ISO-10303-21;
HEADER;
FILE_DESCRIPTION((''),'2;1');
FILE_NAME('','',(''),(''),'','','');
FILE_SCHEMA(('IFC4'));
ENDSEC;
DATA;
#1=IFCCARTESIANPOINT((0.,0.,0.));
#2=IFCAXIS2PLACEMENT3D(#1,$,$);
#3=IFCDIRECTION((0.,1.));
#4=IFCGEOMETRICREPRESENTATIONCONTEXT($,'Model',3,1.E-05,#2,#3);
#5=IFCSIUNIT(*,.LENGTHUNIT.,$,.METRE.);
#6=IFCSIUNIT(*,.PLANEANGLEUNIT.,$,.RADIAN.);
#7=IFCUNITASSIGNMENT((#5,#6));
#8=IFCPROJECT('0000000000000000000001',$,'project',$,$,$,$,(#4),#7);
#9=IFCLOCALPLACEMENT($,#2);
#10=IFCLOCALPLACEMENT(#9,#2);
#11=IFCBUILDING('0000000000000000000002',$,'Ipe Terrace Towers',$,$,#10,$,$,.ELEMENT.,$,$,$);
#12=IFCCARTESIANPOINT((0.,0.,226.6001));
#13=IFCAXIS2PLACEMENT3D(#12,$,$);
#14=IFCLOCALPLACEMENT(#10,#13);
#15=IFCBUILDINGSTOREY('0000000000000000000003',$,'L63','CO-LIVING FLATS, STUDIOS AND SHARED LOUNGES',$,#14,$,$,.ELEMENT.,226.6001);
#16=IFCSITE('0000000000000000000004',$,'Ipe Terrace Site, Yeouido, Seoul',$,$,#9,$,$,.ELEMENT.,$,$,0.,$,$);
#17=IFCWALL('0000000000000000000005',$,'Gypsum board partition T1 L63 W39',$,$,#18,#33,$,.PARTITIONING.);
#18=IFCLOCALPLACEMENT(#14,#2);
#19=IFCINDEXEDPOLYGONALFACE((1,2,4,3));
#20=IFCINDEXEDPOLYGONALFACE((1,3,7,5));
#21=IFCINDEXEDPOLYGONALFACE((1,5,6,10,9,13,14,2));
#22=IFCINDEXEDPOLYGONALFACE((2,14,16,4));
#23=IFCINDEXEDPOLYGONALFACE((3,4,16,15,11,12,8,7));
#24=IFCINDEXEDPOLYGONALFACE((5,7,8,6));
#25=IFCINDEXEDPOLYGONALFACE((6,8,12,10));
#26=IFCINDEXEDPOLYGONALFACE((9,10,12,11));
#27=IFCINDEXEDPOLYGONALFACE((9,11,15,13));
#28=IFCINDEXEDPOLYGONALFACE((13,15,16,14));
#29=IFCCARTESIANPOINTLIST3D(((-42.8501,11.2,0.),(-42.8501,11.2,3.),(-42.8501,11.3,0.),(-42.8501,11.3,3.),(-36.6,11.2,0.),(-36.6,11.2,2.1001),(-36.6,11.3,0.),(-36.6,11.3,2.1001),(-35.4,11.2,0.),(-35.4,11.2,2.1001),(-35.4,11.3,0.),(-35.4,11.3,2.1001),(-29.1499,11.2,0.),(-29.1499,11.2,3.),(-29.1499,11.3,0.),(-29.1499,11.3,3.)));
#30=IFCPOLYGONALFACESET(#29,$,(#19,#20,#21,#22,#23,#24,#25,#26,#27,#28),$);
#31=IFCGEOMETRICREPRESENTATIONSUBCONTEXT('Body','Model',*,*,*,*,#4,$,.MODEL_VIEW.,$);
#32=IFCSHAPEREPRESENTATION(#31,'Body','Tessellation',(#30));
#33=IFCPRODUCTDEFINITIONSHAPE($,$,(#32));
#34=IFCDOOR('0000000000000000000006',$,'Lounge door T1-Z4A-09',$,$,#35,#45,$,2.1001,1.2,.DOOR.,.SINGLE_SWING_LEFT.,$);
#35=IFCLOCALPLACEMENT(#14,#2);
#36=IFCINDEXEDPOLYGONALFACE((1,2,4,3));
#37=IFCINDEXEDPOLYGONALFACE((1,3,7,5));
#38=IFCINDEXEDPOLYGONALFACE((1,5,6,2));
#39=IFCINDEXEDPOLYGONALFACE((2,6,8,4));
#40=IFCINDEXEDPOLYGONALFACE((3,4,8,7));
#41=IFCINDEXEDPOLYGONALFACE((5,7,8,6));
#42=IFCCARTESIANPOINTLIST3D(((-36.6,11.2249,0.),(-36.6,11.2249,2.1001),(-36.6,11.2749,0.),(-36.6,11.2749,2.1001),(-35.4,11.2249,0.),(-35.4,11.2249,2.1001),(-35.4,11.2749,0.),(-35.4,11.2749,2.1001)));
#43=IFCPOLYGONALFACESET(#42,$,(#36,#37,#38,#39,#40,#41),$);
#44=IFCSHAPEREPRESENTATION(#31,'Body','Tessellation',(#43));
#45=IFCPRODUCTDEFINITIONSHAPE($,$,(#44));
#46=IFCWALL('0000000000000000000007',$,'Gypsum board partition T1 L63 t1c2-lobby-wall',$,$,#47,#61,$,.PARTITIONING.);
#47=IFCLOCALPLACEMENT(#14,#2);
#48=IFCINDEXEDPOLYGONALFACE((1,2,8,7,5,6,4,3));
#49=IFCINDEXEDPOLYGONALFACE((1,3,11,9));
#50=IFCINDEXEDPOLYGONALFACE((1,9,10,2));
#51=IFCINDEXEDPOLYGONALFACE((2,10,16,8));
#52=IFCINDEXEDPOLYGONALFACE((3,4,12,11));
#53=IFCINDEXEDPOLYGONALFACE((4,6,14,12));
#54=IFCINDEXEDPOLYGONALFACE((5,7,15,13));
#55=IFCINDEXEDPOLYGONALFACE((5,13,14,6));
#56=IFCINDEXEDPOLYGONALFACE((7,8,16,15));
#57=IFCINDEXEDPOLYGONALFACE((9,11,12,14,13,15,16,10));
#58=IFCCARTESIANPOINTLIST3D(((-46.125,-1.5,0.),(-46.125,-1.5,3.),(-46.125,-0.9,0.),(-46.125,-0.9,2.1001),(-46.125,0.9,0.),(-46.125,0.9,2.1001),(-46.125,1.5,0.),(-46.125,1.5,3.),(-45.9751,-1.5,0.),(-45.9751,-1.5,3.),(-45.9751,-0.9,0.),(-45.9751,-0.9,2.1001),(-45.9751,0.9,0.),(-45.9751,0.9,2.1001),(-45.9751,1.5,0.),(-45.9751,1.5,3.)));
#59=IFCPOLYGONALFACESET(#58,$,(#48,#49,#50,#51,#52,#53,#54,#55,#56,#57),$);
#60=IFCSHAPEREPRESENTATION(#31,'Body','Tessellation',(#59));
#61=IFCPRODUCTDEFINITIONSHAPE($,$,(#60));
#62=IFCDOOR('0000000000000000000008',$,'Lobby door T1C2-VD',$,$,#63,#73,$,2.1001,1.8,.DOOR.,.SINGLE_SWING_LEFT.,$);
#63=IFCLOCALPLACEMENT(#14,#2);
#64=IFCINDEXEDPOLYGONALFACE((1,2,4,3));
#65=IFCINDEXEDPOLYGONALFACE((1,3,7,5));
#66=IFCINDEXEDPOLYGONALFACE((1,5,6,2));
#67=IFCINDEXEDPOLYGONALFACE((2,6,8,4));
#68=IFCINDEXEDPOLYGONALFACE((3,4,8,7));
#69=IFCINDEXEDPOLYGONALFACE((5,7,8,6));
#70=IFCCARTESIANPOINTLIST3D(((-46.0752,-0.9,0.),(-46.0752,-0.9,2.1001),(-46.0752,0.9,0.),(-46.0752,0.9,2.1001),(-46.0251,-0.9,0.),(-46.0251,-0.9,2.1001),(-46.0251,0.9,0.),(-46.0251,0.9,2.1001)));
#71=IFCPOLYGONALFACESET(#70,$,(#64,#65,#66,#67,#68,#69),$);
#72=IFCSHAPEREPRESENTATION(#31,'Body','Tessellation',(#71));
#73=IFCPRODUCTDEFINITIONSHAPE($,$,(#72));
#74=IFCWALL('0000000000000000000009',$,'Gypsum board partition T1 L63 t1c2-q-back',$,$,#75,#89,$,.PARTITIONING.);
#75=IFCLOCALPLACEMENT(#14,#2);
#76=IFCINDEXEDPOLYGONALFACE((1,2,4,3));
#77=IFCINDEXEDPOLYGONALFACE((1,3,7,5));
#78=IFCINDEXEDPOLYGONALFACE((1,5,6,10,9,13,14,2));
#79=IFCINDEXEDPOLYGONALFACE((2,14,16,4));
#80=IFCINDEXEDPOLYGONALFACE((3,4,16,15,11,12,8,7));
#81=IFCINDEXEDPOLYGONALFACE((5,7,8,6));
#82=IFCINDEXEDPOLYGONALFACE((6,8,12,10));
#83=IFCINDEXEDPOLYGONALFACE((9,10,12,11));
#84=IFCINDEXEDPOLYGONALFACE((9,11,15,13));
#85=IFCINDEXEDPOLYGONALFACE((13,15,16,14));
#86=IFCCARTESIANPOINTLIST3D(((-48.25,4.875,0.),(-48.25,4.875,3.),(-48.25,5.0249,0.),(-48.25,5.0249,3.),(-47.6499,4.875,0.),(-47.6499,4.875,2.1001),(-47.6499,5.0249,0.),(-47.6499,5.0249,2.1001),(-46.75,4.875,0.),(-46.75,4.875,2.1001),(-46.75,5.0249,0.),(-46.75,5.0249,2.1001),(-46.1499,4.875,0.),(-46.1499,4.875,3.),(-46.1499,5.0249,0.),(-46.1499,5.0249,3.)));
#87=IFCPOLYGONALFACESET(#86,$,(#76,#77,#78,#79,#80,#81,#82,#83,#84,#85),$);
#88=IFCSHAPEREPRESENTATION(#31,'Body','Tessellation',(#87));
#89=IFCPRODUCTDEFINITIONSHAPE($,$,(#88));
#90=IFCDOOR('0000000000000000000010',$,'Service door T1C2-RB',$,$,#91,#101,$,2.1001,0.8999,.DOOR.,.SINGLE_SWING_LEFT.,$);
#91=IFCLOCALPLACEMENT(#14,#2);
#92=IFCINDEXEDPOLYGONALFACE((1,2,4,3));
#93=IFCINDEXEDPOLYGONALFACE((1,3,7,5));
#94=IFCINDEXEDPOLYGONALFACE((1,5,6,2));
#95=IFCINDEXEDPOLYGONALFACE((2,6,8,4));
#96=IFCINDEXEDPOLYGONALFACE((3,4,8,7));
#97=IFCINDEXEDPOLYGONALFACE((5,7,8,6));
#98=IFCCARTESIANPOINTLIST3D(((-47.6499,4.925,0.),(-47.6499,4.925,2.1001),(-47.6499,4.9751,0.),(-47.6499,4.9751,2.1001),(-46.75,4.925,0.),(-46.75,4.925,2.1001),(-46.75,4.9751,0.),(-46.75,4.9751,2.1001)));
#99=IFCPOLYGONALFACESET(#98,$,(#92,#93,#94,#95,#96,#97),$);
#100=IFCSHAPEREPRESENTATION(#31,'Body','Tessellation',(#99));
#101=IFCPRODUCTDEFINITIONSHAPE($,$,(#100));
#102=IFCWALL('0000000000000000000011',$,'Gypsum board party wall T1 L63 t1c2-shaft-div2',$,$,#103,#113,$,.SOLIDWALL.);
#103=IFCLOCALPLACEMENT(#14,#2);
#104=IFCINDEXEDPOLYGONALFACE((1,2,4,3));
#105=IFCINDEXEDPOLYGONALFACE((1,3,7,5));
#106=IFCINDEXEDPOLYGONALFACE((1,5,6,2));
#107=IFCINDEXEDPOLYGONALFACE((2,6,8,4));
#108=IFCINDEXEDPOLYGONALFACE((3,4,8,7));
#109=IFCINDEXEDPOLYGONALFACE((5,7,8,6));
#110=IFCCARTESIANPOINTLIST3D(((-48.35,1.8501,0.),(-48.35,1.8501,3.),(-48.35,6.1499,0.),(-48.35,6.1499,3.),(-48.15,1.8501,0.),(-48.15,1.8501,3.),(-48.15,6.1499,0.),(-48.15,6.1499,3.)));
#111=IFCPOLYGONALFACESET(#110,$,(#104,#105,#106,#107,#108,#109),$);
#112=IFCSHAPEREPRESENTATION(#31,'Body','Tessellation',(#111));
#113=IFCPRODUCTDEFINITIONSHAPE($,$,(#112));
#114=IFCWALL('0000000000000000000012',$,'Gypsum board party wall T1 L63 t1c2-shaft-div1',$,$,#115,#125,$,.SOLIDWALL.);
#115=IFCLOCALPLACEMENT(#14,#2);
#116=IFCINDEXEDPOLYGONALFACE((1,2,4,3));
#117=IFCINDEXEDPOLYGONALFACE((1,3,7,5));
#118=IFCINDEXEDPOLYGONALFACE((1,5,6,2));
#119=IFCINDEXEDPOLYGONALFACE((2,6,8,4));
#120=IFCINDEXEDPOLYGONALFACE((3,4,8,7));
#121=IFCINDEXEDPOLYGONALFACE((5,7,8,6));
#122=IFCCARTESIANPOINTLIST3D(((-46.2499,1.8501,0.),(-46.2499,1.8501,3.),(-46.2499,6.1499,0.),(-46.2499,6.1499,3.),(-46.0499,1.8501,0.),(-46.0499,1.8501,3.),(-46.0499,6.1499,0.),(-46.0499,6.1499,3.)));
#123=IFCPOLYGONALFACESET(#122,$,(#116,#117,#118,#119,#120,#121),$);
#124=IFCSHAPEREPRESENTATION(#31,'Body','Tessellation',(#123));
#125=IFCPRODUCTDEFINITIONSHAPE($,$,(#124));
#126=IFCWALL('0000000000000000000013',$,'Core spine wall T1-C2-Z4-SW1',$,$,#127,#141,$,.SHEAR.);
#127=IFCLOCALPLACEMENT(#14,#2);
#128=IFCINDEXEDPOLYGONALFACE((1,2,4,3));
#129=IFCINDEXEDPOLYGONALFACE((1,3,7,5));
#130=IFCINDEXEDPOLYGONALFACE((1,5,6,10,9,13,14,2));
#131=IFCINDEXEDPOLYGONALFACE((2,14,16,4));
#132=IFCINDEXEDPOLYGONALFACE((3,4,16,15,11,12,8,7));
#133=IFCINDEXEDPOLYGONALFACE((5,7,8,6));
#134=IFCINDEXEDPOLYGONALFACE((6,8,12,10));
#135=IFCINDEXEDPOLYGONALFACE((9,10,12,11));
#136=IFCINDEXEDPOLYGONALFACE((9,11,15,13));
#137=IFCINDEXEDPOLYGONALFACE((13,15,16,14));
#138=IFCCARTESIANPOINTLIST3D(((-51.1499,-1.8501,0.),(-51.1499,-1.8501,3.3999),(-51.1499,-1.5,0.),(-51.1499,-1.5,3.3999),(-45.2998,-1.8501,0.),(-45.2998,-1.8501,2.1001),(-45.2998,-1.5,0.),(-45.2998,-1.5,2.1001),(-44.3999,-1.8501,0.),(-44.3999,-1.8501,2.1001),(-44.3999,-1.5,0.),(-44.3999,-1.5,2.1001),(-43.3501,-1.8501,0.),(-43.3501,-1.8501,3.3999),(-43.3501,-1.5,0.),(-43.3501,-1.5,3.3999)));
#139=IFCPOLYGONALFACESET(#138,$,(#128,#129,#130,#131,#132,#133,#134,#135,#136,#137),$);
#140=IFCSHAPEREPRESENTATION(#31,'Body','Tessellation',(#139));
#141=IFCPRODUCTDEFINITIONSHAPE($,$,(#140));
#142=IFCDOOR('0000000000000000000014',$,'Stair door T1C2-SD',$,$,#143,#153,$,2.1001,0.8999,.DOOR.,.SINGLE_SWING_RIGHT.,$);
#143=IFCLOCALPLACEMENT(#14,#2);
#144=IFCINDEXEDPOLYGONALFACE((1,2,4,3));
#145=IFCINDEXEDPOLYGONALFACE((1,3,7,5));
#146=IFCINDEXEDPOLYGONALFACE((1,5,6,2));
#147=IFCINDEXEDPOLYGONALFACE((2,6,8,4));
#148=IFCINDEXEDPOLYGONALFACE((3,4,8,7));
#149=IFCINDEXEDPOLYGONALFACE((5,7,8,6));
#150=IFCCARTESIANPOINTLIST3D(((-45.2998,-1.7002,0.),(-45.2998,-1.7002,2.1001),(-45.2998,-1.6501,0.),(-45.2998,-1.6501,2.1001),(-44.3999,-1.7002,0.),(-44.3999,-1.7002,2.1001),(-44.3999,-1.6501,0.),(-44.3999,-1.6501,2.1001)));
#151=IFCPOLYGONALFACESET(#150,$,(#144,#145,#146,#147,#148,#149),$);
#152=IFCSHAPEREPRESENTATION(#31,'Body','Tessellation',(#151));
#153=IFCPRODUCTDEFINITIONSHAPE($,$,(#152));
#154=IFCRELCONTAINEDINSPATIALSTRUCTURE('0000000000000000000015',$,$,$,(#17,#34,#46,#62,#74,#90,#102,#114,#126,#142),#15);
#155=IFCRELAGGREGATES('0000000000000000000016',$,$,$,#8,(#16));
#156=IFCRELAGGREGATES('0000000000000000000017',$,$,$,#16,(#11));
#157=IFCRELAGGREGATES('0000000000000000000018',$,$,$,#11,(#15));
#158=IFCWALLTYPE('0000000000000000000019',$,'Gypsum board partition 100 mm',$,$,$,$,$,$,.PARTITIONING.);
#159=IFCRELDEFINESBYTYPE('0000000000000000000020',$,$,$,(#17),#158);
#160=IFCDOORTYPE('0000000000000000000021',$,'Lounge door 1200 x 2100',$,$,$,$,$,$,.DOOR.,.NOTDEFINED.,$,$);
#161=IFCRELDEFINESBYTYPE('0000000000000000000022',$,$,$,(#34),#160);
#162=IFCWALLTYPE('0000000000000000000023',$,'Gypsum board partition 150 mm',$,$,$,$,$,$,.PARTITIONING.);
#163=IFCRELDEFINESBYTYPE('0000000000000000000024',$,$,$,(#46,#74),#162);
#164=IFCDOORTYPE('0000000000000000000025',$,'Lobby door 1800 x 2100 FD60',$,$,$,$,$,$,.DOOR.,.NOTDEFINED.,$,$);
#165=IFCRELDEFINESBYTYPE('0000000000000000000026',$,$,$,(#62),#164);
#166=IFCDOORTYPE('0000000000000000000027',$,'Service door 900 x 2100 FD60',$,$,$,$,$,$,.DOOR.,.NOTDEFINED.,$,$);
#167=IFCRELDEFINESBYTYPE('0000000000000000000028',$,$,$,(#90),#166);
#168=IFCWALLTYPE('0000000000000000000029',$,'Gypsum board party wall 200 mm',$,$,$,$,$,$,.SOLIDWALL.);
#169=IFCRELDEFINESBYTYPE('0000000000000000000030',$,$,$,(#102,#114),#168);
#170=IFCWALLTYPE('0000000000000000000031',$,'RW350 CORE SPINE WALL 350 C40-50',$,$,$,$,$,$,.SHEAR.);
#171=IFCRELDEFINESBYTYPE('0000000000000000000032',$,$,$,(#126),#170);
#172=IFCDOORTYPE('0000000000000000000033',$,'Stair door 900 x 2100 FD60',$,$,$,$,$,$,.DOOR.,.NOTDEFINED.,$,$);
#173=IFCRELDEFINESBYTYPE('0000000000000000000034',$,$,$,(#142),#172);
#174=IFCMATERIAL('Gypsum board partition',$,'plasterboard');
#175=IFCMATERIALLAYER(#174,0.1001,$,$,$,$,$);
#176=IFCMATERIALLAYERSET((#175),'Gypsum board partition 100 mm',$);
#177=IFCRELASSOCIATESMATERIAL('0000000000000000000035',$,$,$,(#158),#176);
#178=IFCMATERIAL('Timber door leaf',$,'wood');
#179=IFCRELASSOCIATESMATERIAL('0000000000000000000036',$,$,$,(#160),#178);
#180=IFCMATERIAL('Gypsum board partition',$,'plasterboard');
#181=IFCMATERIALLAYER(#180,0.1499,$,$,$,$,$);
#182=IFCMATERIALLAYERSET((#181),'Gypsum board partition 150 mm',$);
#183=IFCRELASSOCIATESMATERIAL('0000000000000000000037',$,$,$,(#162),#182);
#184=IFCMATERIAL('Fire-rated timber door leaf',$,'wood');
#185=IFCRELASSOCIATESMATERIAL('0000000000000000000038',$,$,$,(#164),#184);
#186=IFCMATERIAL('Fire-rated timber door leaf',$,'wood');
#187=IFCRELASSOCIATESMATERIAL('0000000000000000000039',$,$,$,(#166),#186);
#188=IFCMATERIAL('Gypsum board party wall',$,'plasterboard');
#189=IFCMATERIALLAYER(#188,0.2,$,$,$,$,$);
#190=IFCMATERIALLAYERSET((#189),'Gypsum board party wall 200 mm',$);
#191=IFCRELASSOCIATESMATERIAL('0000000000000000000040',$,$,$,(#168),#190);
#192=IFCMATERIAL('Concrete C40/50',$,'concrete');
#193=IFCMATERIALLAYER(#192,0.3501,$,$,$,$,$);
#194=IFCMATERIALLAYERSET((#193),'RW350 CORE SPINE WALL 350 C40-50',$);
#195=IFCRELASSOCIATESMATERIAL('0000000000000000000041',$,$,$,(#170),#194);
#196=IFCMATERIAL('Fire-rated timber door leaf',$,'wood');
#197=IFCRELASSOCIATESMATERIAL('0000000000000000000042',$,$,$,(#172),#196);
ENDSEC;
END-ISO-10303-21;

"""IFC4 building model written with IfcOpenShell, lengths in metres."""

from ifc_helpers import new_model, si_unit, direction, frame, frame_2d, origin, place, context, subcontext, project, spatial, rectangle, extrude, material, layer, layer_set, type_object, element, fill, save


model = new_model("IFC4")

# Units and contexts
model_context = context("Model", 3, precision=1e-05, world=origin(), true_north=direction((0.0, 1.0)))
body_context = subcontext(model_context, "Body", "Model", "MODEL_VIEW")
ifc_project = project(units=[si_unit("LENGTHUNIT", "METRE"), si_unit("PLANEANGLEUNIT", "RADIAN")], contexts=[model_context])

# Site, building, storey
site_placement = place(None, origin())
site = spatial("IfcSite", under=ifc_project, at=site_placement, Name="Ipe Terrace Site, Yeouido, Seoul", CompositionType="ELEMENT", RefElevation=0.0)
building_placement = place(site_placement, origin())
building = spatial("IfcBuilding", under=site, at=building_placement, Name="Ipe Terrace Towers", CompositionType="ELEMENT")
storey_placement = place(building_placement, frame((0.0, 0.0, 226.6001)))
storey = spatial("IfcBuildingStorey", under=building, at=storey_placement, Name="L63", Description="CO-LIVING FLATS, STUDIOS AND SHARED LOUNGES", CompositionType="ELEMENT", Elevation=226.6001)

# Shared definitions
ifc_material_1 = material(Name="Gypsum board partition", Category="plasterboard")
ifc_layer_1 = layer(ifc_material_1, 0.1001)
ifc_layer_set_1 = layer_set([ifc_layer_1], Name="Gypsum board partition 100 mm")
wall_type_1 = type_object("IfcWallType", Name="Gypsum board partition 100 mm", PredefinedType="PARTITIONING", material=ifc_layer_set_1)

# Walls, openings, doors
wall_1_placement = place(storey_placement, frame((-42.8501, 11.25, 0.0), z_axis=(0.0, 0.0, 1.0), x_axis=(1.0, 0.0, 0.0)))
wall_1 = element("IfcWall", 1, at=wall_1_placement, inside=storey, type_object=wall_type_1, Name="Gypsum board partition T1 L63 W39", PredefinedType="PARTITIONING", context=body_context, shape_type="SweptSolid", body=[
    extrude(rectangle(XDim=13.7002, YDim=0.1001, at=frame_2d((6.8501, 0.0))), origin(), (0.0, 0.0, 1.0), 3.0),
])
opening_1_placement = place(wall_1_placement, frame((6.25, 0.0, 0.0)))
opening_1 = element("IfcOpeningElement", 2, at=opening_1_placement, cuts=wall_1, PredefinedType="OPENING", context=body_context, shape_type="SweptSolid", body=[
    extrude(rectangle(XDim=1.2, YDim=2.1001, at=frame_2d((0.6001, 1.05))), frame((0.0, 0.0601, 0.0), z_axis=(0.0, -1.0, 0.0), x_axis=(1.0, 0.0, 0.0)), (0.0, 0.0, 1.0), 0.1201),
])
ifc_material_2 = material(Name="Timber door leaf", Category="wood")
door_type_1 = type_object("IfcDoorType", Name="Lounge door 1200 x 2100", OperationType="NOTDEFINED", PredefinedType="DOOR", material=ifc_material_2)
door_1_placement = place(opening_1_placement, origin())
door_1 = element("IfcDoor", 3, at=door_1_placement, inside=storey, type_object=door_type_1, Name="Lounge door T1-Z4A-09", OperationType="SINGLE_SWING_LEFT", OverallHeight=2.1001, OverallWidth=1.2, PredefinedType="DOOR", context=body_context, shape_type="SweptSolid", body=[
    extrude(rectangle(XDim=1.2, YDim=2.1001, at=frame_2d((0.6001, 1.05))), frame((0.0, 0.0249, 0.0), z_axis=(0.0, -1.0, 0.0), x_axis=(1.0, 0.0, 0.0)), (0.0, 0.0, 1.0), 0.05),
])
fill(opening_1, door_1)
ifc_material_3 = material(Name="Gypsum board partition", Category="plasterboard")
ifc_layer_2 = layer(ifc_material_3, 0.1499)
ifc_layer_set_2 = layer_set([ifc_layer_2], Name="Gypsum board partition 150 mm")
wall_type_2 = type_object("IfcWallType", Name="Gypsum board partition 150 mm", PredefinedType="PARTITIONING", material=ifc_layer_set_2)
wall_2_placement = place(storey_placement, frame((-46.05, 1.5, 0.0), z_axis=(0.0, 0.0, 1.0), x_axis=(0.0, -1.0, 0.0)))
wall_2 = element("IfcWall", 4, at=wall_2_placement, inside=storey, type_object=wall_type_2, Name="Gypsum board partition T1 L63 t1c2-lobby-wall", PredefinedType="PARTITIONING", context=body_context, shape_type="SweptSolid", body=[
    extrude(rectangle(XDim=3.0, YDim=0.1499, at=frame_2d((1.5, 0.0))), origin(), (0.0, 0.0, 1.0), 3.0),
])
opening_2_placement = place(wall_2_placement, frame((0.6001, 0.0, 0.0)))
opening_2 = element("IfcOpeningElement", 5, at=opening_2_placement, cuts=wall_2, PredefinedType="OPENING", context=body_context, shape_type="SweptSolid", body=[
    extrude(rectangle(XDim=1.8, YDim=2.1001, at=frame_2d((0.8999, 1.05))), frame((0.0, 0.085, 0.0), z_axis=(0.0, -1.0, 0.0), x_axis=(1.0, 0.0, 0.0)), (0.0, 0.0, 1.0), 0.1699),
])
ifc_material_4 = material(Name="Fire-rated timber door leaf", Category="wood")
door_type_2 = type_object("IfcDoorType", Name="Lobby door 1800 x 2100 FD60", OperationType="NOTDEFINED", PredefinedType="DOOR", material=ifc_material_4)
door_2_placement = place(opening_2_placement, origin())
door_2 = element("IfcDoor", 6, at=door_2_placement, inside=storey, type_object=door_type_2, Name="Lobby door T1C2-VD", OperationType="SINGLE_SWING_LEFT", OverallHeight=2.1001, OverallWidth=1.8, PredefinedType="DOOR", context=body_context, shape_type="SweptSolid", body=[
    extrude(rectangle(XDim=1.8, YDim=2.1001, at=frame_2d((0.8999, 1.05))), frame((0.0, 0.0249, 0.0), z_axis=(0.0, -1.0, 0.0), x_axis=(1.0, 0.0, 0.0)), (0.0, 0.0, 1.0), 0.05),
])
fill(opening_2, door_2)
wall_3_placement = place(storey_placement, frame((-46.1499, 4.95, 0.0), z_axis=(0.0, 0.0, 1.0), x_axis=(-1.0, 0.0, 0.0)))
wall_3 = element("IfcWall", 7, at=wall_3_placement, inside=storey, type_object=wall_type_2, Name="Gypsum board partition T1 L63 t1c2-q-back", PredefinedType="PARTITIONING", context=body_context, shape_type="SweptSolid", body=[
    extrude(rectangle(XDim=2.1001, YDim=0.1499, at=frame_2d((1.05, 0.0))), origin(), (0.0, 0.0, 1.0), 3.0),
])
opening_3_placement = place(wall_3_placement, frame((0.6001, 0.0, 0.0)))
opening_3 = element("IfcOpeningElement", 8, at=opening_3_placement, cuts=wall_3, PredefinedType="OPENING", context=body_context, shape_type="SweptSolid", body=[
    extrude(rectangle(XDim=0.8999, YDim=2.1001, at=frame_2d((0.45, 1.05))), frame((0.0, 0.085, 0.0), z_axis=(0.0, -1.0, 0.0), x_axis=(1.0, 0.0, 0.0)), (0.0, 0.0, 1.0), 0.1699),
])
ifc_material_5 = material(Name="Fire-rated timber door leaf", Category="wood")
door_type_3 = type_object("IfcDoorType", Name="Service door 900 x 2100 FD60", OperationType="NOTDEFINED", PredefinedType="DOOR", material=ifc_material_5)
door_3_placement = place(opening_3_placement, origin())
door_3 = element("IfcDoor", 9, at=door_3_placement, inside=storey, type_object=door_type_3, Name="Service door T1C2-RB", OperationType="SINGLE_SWING_LEFT", OverallHeight=2.1001, OverallWidth=0.8999, PredefinedType="DOOR", context=body_context, shape_type="SweptSolid", body=[
    extrude(rectangle(XDim=0.8999, YDim=2.1001, at=frame_2d((0.45, 1.05))), frame((0.0, 0.0249, 0.0), z_axis=(0.0, -1.0, 0.0), x_axis=(1.0, 0.0, 0.0)), (0.0, 0.0, 1.0), 0.05),
])
fill(opening_3, door_3)

# Walls
ifc_material_6 = material(Name="Gypsum board party wall", Category="plasterboard")
ifc_layer_3 = layer(ifc_material_6, 0.2)
ifc_layer_set_3 = layer_set([ifc_layer_3], Name="Gypsum board party wall 200 mm")
wall_type_3 = type_object("IfcWallType", Name="Gypsum board party wall 200 mm", PredefinedType="SOLIDWALL", material=ifc_layer_set_3)
for number, where, z_axis, x_axis, name in (
    (10, (-48.25, 6.1499, 0.0), (0.0, 0.0, 1.0), (0.0, -1.0, 0.0), "Gypsum board party wall T1 L63 t1c2-shaft-div2"),
    (11, (-46.1499, 6.1499, 0.0), (0.0, 0.0, 1.0), (0.0, -1.0, 0.0), "Gypsum board party wall T1 L63 t1c2-shaft-div1"),
):
    element("IfcWall", number, at=place(storey_placement, frame(where, z_axis=z_axis, x_axis=x_axis)), inside=storey, type_object=wall_type_3, Name=name, PredefinedType="SOLIDWALL", context=body_context, shape_type="SweptSolid", body=[
        extrude(rectangle(XDim=4.2998, YDim=0.2, at=frame_2d((2.1499, 0.0))), origin(), (0.0, 0.0, 1.0), 3.0),
    ])

# Wall, opening, door
ifc_material_7 = material(Name="Concrete C40/50", Category="concrete")
ifc_layer_4 = layer(ifc_material_7, 0.3501)
ifc_layer_set_4 = layer_set([ifc_layer_4], Name="RW350 CORE SPINE WALL 350 C40-50")
wall_type_4 = type_object("IfcWallType", Name="RW350 CORE SPINE WALL 350 C40-50", PredefinedType="SHEAR", material=ifc_layer_set_4)
wall_4_placement = place(storey_placement, frame((-51.1499, -1.675, 0.0), z_axis=(0.0, 0.0, 1.0), x_axis=(1.0, 0.0, 0.0)))
wall_4 = element("IfcWall", 12, at=wall_4_placement, inside=storey, type_object=wall_type_4, Name="Core spine wall T1-C2-Z4-SW1", PredefinedType="SHEAR", context=body_context, shape_type="SweptSolid", body=[
    extrude(rectangle(XDim=7.7998, YDim=0.3501, at=frame_2d((3.8999, 0.0))), origin(), (0.0, 0.0, 1.0), 3.3999),
])
opening_4_placement = place(wall_4_placement, frame((5.8501, 0.0, 0.0)))
opening_4 = element("IfcOpeningElement", 13, at=opening_4_placement, cuts=wall_4, PredefinedType="OPENING", context=body_context, shape_type="SweptSolid", body=[
    extrude(rectangle(XDim=0.8999, YDim=2.1001, at=frame_2d((0.45, 1.05))), frame((0.0, 0.1851, 0.0), z_axis=(0.0, -1.0, 0.0), x_axis=(1.0, 0.0, 0.0)), (0.0, 0.0, 1.0), 0.3701),
])
ifc_material_8 = material(Name="Fire-rated timber door leaf", Category="wood")
door_type_4 = type_object("IfcDoorType", Name="Stair door 900 x 2100 FD60", OperationType="NOTDEFINED", PredefinedType="DOOR", material=ifc_material_8)
door_4_placement = place(opening_4_placement, origin())
door_4 = element("IfcDoor", 14, at=door_4_placement, inside=storey, type_object=door_type_4, Name="Stair door T1C2-SD", OperationType="SINGLE_SWING_RIGHT", OverallHeight=2.1001, OverallWidth=0.8999, PredefinedType="DOOR", context=body_context, shape_type="SweptSolid", body=[
    extrude(rectangle(XDim=0.8999, YDim=2.1001, at=frame_2d((0.45, 1.05))), frame((0.0, 0.0249, 0.0), z_axis=(0.0, -1.0, 0.0), x_axis=(1.0, 0.0, 0.0)), (0.0, 0.0, 1.0), 0.05),
])
fill(opening_4, door_4)

save(model, "model.ifc")
